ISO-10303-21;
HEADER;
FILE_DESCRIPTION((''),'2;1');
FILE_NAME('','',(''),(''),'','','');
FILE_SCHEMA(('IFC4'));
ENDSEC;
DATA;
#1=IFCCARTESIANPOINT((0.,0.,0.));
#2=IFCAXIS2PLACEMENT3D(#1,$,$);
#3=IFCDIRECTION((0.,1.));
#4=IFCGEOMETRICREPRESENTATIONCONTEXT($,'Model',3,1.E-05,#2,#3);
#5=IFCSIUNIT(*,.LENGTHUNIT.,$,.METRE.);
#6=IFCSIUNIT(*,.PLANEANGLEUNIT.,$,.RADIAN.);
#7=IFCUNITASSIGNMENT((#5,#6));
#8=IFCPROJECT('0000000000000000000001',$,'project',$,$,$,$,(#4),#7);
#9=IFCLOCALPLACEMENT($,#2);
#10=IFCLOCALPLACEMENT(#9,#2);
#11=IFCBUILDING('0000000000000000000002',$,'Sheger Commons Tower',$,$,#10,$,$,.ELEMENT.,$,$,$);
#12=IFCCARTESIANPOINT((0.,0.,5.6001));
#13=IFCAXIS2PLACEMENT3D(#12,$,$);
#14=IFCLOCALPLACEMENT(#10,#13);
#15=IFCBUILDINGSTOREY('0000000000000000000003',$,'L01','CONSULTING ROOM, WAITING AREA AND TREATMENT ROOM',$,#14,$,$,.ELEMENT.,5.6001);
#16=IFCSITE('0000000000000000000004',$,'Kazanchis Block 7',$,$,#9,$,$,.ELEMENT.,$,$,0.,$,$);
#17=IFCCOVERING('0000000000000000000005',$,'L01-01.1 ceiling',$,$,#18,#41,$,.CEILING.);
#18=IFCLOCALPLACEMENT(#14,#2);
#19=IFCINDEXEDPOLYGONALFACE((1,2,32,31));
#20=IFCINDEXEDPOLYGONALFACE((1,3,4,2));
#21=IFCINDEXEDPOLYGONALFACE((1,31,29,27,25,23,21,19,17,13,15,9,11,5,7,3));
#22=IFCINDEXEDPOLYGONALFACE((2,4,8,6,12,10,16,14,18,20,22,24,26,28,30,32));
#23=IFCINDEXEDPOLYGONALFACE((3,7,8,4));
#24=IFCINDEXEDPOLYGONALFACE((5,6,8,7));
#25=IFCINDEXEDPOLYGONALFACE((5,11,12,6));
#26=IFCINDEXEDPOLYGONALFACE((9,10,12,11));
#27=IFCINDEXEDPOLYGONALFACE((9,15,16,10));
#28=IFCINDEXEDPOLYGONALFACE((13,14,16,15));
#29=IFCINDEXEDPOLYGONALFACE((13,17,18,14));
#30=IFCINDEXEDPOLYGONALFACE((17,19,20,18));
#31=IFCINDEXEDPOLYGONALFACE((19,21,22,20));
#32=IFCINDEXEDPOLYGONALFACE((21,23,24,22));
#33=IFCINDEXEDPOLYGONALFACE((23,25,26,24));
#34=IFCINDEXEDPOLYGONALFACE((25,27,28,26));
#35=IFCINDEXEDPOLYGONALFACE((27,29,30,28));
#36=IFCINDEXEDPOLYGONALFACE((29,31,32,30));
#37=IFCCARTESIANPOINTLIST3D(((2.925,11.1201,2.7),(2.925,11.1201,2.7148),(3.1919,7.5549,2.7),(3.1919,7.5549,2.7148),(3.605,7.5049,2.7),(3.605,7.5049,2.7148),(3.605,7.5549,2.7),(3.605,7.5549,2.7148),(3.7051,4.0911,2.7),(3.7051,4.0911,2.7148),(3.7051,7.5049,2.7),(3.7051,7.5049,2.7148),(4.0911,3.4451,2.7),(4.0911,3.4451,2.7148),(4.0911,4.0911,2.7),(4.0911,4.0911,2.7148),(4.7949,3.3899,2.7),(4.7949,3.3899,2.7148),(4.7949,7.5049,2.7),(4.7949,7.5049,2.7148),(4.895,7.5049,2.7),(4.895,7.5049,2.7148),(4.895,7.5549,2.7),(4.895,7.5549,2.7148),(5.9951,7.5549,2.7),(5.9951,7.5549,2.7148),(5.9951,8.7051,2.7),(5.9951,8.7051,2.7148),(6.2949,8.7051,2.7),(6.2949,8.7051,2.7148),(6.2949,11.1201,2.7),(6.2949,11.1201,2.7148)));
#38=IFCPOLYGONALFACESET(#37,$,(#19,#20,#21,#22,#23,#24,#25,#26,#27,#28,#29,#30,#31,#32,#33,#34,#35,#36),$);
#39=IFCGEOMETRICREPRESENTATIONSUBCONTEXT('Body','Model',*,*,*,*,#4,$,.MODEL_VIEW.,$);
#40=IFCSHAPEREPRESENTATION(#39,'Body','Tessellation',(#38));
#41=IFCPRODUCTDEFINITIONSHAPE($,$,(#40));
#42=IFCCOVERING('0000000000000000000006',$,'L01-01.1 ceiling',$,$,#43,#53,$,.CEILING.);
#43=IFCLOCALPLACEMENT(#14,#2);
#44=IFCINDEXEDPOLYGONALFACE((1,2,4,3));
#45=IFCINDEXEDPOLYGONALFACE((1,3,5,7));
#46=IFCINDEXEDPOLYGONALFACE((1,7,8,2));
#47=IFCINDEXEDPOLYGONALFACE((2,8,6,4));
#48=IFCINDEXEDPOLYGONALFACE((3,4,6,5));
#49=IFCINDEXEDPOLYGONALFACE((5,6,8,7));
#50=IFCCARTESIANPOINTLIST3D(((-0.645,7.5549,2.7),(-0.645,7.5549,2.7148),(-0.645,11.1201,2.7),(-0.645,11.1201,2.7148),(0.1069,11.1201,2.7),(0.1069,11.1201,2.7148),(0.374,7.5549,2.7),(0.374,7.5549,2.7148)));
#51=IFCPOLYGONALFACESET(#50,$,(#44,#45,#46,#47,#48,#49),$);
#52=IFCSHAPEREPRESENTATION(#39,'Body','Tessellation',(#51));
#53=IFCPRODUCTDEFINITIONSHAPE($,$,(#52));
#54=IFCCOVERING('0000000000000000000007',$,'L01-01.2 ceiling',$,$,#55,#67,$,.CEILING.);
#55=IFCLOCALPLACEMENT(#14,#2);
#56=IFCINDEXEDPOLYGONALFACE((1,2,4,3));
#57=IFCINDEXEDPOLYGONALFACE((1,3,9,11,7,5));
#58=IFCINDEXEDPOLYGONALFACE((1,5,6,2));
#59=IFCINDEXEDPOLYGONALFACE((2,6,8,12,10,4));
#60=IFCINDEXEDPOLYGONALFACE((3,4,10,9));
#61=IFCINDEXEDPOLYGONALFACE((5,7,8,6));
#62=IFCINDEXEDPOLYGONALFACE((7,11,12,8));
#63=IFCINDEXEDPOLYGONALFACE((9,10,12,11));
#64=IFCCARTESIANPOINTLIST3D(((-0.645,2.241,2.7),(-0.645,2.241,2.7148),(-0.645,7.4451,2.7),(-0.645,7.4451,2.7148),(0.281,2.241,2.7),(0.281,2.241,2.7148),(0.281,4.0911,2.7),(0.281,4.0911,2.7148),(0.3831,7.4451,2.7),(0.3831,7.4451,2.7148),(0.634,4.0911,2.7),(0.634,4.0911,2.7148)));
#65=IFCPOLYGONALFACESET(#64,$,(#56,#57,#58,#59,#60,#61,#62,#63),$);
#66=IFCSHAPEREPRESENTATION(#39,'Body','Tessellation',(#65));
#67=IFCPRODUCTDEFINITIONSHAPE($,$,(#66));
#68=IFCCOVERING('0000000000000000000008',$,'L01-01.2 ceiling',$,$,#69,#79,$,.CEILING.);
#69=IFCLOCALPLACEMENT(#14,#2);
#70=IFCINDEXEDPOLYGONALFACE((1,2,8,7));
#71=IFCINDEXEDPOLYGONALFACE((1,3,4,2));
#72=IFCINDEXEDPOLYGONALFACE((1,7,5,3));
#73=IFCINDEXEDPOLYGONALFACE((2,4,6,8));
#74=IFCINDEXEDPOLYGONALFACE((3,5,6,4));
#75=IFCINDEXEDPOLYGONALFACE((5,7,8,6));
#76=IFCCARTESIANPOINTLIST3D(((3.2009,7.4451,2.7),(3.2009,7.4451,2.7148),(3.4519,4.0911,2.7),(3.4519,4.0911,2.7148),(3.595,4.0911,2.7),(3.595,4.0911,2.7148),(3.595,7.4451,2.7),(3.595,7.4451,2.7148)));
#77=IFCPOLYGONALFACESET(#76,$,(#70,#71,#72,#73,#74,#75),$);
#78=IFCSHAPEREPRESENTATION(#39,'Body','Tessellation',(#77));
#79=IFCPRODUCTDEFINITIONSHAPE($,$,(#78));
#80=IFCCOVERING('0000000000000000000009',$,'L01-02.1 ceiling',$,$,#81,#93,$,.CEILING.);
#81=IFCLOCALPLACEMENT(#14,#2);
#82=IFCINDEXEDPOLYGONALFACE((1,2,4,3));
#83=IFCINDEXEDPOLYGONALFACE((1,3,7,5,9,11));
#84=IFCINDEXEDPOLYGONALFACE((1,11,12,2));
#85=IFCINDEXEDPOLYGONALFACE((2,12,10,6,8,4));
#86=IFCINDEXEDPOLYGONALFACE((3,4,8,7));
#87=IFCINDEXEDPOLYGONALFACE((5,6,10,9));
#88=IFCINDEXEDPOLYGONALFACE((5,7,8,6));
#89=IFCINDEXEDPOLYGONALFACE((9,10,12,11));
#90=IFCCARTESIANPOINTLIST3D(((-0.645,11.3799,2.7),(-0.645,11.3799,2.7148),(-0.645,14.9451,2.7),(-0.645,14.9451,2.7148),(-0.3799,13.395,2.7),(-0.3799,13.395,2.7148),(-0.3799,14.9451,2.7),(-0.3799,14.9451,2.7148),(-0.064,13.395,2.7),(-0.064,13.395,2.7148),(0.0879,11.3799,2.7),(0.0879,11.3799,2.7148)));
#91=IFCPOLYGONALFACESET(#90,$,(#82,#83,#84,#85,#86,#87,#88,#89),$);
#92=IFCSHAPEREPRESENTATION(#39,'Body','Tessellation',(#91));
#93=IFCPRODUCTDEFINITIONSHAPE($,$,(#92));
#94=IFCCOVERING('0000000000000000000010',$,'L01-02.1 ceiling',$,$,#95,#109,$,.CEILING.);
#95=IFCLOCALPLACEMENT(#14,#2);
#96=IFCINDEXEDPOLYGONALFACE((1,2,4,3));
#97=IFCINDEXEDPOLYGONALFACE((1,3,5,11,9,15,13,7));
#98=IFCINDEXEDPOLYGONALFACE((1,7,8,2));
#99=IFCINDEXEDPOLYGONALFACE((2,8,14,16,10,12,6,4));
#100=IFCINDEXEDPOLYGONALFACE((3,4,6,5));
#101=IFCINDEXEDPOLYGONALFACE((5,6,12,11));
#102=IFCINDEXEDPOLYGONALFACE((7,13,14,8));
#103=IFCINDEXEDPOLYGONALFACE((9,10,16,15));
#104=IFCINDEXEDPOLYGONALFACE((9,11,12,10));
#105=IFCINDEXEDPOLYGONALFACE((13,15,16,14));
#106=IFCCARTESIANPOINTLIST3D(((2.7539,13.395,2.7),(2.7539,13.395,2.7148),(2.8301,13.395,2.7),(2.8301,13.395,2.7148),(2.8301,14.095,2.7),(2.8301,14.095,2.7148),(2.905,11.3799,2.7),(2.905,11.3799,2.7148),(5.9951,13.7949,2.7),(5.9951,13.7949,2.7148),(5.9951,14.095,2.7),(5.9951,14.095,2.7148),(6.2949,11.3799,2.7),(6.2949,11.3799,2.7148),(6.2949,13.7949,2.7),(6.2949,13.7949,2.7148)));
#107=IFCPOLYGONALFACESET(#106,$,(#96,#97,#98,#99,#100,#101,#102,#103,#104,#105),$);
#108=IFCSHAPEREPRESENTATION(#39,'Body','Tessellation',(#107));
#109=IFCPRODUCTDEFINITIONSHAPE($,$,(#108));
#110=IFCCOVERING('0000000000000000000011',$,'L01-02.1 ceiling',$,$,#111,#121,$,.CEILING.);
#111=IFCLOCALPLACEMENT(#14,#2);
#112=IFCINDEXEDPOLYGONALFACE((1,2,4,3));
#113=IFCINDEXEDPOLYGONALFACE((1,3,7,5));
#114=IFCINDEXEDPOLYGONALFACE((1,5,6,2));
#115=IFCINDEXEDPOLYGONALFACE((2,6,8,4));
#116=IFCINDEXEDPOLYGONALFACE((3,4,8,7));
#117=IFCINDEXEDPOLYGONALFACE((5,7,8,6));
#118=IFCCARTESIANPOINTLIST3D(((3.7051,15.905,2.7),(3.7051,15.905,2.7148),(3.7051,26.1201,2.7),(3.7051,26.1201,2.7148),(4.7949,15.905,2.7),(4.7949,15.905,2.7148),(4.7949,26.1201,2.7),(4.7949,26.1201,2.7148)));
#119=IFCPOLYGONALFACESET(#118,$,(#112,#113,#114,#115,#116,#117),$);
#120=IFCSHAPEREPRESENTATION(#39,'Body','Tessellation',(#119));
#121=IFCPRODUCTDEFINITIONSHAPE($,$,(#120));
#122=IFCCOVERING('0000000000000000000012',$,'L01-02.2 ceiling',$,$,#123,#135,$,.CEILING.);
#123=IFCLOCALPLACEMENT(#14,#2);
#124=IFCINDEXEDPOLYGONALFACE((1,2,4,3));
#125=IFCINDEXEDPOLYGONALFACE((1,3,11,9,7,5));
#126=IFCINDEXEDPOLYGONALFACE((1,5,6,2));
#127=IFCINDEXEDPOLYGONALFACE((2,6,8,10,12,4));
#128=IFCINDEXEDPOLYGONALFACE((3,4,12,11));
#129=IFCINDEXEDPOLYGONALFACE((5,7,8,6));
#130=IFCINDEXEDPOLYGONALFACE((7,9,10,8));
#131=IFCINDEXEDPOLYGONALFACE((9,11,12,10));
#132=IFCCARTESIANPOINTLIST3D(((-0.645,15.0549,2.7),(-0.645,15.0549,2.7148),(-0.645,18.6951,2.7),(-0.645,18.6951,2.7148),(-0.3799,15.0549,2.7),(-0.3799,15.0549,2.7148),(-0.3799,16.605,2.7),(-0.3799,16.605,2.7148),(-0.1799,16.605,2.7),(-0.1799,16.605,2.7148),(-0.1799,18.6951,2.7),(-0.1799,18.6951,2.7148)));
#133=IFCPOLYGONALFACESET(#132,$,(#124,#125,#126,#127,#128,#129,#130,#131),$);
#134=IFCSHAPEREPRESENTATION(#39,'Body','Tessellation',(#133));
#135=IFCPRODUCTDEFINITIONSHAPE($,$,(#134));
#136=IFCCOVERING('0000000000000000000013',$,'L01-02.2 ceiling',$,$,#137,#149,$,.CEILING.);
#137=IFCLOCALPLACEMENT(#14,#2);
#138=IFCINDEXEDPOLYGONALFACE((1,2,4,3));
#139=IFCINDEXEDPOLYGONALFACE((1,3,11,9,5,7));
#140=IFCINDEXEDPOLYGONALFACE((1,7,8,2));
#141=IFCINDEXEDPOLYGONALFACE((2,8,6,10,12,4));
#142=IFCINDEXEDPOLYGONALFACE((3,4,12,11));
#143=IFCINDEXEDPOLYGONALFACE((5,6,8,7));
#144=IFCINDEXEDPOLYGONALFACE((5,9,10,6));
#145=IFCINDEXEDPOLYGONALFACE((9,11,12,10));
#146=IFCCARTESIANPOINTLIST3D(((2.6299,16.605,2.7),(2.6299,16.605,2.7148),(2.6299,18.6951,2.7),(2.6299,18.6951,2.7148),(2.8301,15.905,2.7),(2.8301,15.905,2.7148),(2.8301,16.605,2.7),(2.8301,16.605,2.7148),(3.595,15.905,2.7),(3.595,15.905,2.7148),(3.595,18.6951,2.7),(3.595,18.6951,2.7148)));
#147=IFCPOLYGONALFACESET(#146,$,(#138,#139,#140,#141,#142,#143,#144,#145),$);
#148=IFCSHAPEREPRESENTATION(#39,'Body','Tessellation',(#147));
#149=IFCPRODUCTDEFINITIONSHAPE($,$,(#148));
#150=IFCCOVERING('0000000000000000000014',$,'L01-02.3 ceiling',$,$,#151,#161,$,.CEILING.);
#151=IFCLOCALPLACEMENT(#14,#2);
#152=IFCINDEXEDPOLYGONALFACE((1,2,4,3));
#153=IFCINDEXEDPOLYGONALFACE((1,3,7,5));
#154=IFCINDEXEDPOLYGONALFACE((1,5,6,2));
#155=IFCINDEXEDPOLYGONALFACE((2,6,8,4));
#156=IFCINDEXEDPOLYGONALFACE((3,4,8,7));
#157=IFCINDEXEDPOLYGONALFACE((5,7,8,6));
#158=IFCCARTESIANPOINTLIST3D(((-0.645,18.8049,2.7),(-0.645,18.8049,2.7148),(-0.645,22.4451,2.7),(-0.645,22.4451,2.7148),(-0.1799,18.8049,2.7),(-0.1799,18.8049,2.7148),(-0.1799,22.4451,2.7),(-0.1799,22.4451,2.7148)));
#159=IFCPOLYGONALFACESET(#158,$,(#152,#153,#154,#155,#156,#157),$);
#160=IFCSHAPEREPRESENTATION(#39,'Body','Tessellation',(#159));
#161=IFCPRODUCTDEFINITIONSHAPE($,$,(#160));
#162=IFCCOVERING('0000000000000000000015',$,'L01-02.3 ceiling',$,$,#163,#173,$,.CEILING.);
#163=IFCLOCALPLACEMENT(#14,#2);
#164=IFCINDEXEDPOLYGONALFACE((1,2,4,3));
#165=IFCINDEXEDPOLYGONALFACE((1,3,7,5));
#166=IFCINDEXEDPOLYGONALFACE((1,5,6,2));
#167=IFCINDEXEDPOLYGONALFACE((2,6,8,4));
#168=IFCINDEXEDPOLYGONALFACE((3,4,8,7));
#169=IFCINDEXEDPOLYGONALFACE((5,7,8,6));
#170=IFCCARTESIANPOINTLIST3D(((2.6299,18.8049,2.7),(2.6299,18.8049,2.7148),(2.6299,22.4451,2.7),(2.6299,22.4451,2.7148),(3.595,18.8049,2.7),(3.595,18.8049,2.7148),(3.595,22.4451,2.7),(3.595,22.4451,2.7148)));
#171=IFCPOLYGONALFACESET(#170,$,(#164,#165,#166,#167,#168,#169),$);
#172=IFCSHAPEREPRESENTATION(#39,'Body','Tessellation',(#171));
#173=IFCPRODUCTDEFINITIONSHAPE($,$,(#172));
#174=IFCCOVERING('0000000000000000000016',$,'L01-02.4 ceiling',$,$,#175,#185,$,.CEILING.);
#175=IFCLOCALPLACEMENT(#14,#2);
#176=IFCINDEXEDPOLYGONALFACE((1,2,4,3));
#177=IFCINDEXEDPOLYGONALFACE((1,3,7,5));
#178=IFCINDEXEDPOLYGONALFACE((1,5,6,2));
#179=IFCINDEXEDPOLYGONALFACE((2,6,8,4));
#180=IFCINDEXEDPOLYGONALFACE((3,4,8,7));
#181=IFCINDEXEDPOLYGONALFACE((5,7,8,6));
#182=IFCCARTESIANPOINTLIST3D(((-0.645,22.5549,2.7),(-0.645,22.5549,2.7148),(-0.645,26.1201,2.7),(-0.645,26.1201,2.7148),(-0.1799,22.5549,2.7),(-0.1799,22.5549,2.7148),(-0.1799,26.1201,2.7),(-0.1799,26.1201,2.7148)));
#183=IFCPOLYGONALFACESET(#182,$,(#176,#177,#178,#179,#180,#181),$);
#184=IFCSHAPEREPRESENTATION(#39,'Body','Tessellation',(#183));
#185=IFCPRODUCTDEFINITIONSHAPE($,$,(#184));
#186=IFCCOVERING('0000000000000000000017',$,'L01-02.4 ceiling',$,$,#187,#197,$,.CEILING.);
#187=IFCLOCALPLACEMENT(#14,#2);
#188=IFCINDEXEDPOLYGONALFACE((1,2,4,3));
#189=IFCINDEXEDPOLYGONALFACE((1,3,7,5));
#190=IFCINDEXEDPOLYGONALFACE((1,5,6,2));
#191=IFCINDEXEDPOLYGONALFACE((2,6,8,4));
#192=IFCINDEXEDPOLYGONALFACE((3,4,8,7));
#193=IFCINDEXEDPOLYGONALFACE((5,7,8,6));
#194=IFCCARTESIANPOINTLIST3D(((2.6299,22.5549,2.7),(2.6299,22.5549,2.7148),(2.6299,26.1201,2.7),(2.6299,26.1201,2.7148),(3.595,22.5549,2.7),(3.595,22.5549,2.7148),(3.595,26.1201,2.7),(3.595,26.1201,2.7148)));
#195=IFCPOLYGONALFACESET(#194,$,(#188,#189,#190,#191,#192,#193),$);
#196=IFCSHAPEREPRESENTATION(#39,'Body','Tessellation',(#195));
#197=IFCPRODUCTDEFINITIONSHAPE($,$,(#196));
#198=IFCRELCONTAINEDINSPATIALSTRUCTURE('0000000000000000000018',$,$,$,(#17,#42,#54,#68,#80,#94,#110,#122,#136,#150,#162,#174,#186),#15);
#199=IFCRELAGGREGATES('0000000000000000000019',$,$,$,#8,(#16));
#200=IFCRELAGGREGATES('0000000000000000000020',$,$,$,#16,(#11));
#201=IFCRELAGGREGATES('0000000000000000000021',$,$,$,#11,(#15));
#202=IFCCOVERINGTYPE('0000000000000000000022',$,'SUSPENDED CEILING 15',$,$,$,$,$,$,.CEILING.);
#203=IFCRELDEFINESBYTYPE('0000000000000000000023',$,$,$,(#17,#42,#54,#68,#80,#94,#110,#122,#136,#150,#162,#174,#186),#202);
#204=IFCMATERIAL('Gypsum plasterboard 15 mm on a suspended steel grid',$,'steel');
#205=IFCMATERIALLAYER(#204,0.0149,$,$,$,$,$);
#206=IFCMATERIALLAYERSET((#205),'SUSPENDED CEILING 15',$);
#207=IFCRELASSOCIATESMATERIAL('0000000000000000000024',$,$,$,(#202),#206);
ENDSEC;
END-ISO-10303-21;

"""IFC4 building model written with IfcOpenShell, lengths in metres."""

from ifc_helpers import new_model, si_unit, direction, frame, origin, place, context, subcontext, project, spatial, polyline, outline, extrude, material, layer, layer_set, type_object, element, save


model = new_model("IFC4")

# Units and contexts
model_context = context("Model", 3, precision=1e-05, world=origin(), true_north=direction((0.0, 1.0)))
body_context = subcontext(model_context, "Body", "Model", "MODEL_VIEW")
ifc_project = project(units=[si_unit("LENGTHUNIT", "METRE"), si_unit("PLANEANGLEUNIT", "RADIAN")], contexts=[model_context])

# Site, building, storey
site_placement = place(None, origin())
site = spatial("IfcSite", under=ifc_project, at=site_placement, Name="Kazanchis Block 7", CompositionType="ELEMENT", RefElevation=0.0)
building_placement = place(site_placement, origin())
building = spatial("IfcBuilding", under=site, at=building_placement, Name="Sheger Commons Tower", CompositionType="ELEMENT")
storey_placement = place(building_placement, frame((0.0, 0.0, 5.6001)))
storey = spatial("IfcBuildingStorey", under=building, at=storey_placement, Name="L01", Description="CONSULTING ROOM, WAITING AREA AND TREATMENT ROOM", CompositionType="ELEMENT", Elevation=5.6001)

# Coverings
ifc_material_1 = material(Name="Gypsum plasterboard 15 mm on a suspended steel grid", Category="steel")
ifc_layer_1 = layer(ifc_material_1, 0.0149)
ifc_layer_set_1 = layer_set([ifc_layer_1], Name="SUSPENDED CEILING 15")
covering_type_1 = type_object("IfcCoveringType", Name="SUSPENDED CEILING 15", PredefinedType="CEILING", material=ifc_layer_set_1)
covering_1_placement = place(storey_placement, frame((0.0, 0.0, 2.7)))
element("IfcCovering", 1, at=covering_1_placement, inside=storey, type_object=covering_type_1, Name="L01-01.1 ceiling", PredefinedType="CEILING", context=body_context, shape_type="SweptSolid", body=[
    extrude(outline(polyline([(4.7949, 3.3899), (4.7949, 7.5049), (4.895, 7.5049), (4.895, 7.5549), (5.9951, 7.5549), (5.9951, 8.7051), (6.2949, 8.7051), (6.2949, 11.1201), (2.925, 11.1201), (3.1919, 7.5549), (3.605, 7.5549), (3.605, 7.5049), (3.7051, 7.5049), (3.7051, 4.0911), (4.0911, 4.0911), (4.0911, 3.4451), (4.7949, 3.3899)])), origin(), (0.0, 0.0, 1.0), 0.0149),
])
covering_2_placement = place(storey_placement, frame((0.0, 0.0, 2.7)))
element("IfcCovering", 2, at=covering_2_placement, inside=storey, type_object=covering_type_1, Name="L01-01.1 ceiling", PredefinedType="CEILING", context=body_context, shape_type="SweptSolid", body=[
    extrude(outline(polyline([(-0.645, 7.5549), (0.374, 7.5549), (0.1069, 11.1201), (-0.645, 11.1201), (-0.645, 7.5549)])), origin(), (0.0, 0.0, 1.0), 0.0149),
])
covering_3_placement = place(storey_placement, frame((0.0, 0.0, 2.7)))
element("IfcCovering", 3, at=covering_3_placement, inside=storey, type_object=covering_type_1, Name="L01-01.2 ceiling", PredefinedType="CEILING", context=body_context, shape_type="SweptSolid", body=[
    extrude(outline(polyline([(-0.645, 2.241), (0.281, 2.241), (0.281, 4.0911), (0.634, 4.0911), (0.3831, 7.4451), (-0.645, 7.4451), (-0.645, 2.241)])), origin(), (0.0, 0.0, 1.0), 0.0149),
])
covering_4_placement = place(storey_placement, frame((0.0, 0.0, 2.7)))
element("IfcCovering", 4, at=covering_4_placement, inside=storey, type_object=covering_type_1, Name="L01-01.2 ceiling", PredefinedType="CEILING", context=body_context, shape_type="SweptSolid", body=[
    extrude(outline(polyline([(3.4519, 4.0911), (3.595, 4.0911), (3.595, 7.4451), (3.2009, 7.4451), (3.4519, 4.0911)])), origin(), (0.0, 0.0, 1.0), 0.0149),
])
covering_5_placement = place(storey_placement, frame((0.0, 0.0, 2.7)))
element("IfcCovering", 5, at=covering_5_placement, inside=storey, type_object=covering_type_1, Name="L01-02.1 ceiling", PredefinedType="CEILING", context=body_context, shape_type="SweptSolid", body=[
    extrude(outline(polyline([(-0.645, 11.3799), (0.0879, 11.3799), (-0.064, 13.395), (-0.3799, 13.395), (-0.3799, 14.9451), (-0.645, 14.9451), (-0.645, 11.3799)])), origin(), (0.0, 0.0, 1.0), 0.0149),
])
covering_6_placement = place(storey_placement, frame((0.0, 0.0, 2.7)))
element("IfcCovering", 6, at=covering_6_placement, inside=storey, type_object=covering_type_1, Name="L01-02.1 ceiling", PredefinedType="CEILING", context=body_context, shape_type="SweptSolid", body=[
    extrude(outline(polyline([(2.905, 11.3799), (6.2949, 11.3799), (6.2949, 13.7949), (5.9951, 13.7949), (5.9951, 14.095), (2.8301, 14.095), (2.8301, 13.395), (2.7539, 13.395), (2.905, 11.3799)])), origin(), (0.0, 0.0, 1.0), 0.0149),
])
covering_7_placement = place(storey_placement, frame((0.0, 0.0, 2.7)))
element("IfcCovering", 7, at=covering_7_placement, inside=storey, type_object=covering_type_1, Name="L01-02.1 ceiling", PredefinedType="CEILING", context=body_context, shape_type="SweptSolid", body=[
    extrude(outline(polyline([(3.7051, 15.905), (4.7949, 15.905), (4.7949, 26.1201), (3.7051, 26.1201), (3.7051, 15.905)])), origin(), (0.0, 0.0, 1.0), 0.0149),
])
covering_8_placement = place(storey_placement, frame((0.0, 0.0, 2.7)))
element("IfcCovering", 8, at=covering_8_placement, inside=storey, type_object=covering_type_1, Name="L01-02.2 ceiling", PredefinedType="CEILING", context=body_context, shape_type="SweptSolid", body=[
    extrude(outline(polyline([(-0.645, 15.0549), (-0.3799, 15.0549), (-0.3799, 16.605), (-0.1799, 16.605), (-0.1799, 18.6951), (-0.645, 18.6951), (-0.645, 15.0549)])), origin(), (0.0, 0.0, 1.0), 0.0149),
])
covering_9_placement = place(storey_placement, frame((0.0, 0.0, 2.7)))
element("IfcCovering", 9, at=covering_9_placement, inside=storey, type_object=covering_type_1, Name="L01-02.2 ceiling", PredefinedType="CEILING", context=body_context, shape_type="SweptSolid", body=[
    extrude(outline(polyline([(2.8301, 15.905), (3.595, 15.905), (3.595, 18.6951), (2.6299, 18.6951), (2.6299, 16.605), (2.8301, 16.605), (2.8301, 15.905)])), origin(), (0.0, 0.0, 1.0), 0.0149),
])
covering_10_placement = place(storey_placement, frame((0.0, 0.0, 2.7)))
element("IfcCovering", 10, at=covering_10_placement, inside=storey, type_object=covering_type_1, Name="L01-02.3 ceiling", PredefinedType="CEILING", context=body_context, shape_type="SweptSolid", body=[
    extrude(outline(polyline([(-0.645, 18.8049), (-0.1799, 18.8049), (-0.1799, 22.4451), (-0.645, 22.4451), (-0.645, 18.8049)])), origin(), (0.0, 0.0, 1.0), 0.0149),
])
covering_11_placement = place(storey_placement, frame((0.0, 0.0, 2.7)))
element("IfcCovering", 11, at=covering_11_placement, inside=storey, type_object=covering_type_1, Name="L01-02.3 ceiling", PredefinedType="CEILING", context=body_context, shape_type="SweptSolid", body=[
    extrude(outline(polyline([(2.6299, 18.8049), (3.595, 18.8049), (3.595, 22.4451), (2.6299, 22.4451), (2.6299, 18.8049)])), origin(), (0.0, 0.0, 1.0), 0.0149),
])
covering_12_placement = place(storey_placement, frame((0.0, 0.0, 2.7)))
element("IfcCovering", 12, at=covering_12_placement, inside=storey, type_object=covering_type_1, Name="L01-02.4 ceiling", PredefinedType="CEILING", context=body_context, shape_type="SweptSolid", body=[
    extrude(outline(polyline([(-0.645, 22.5549), (-0.1799, 22.5549), (-0.1799, 26.1201), (-0.645, 26.1201), (-0.645, 22.5549)])), origin(), (0.0, 0.0, 1.0), 0.0149),
])
covering_13_placement = place(storey_placement, frame((0.0, 0.0, 2.7)))
element("IfcCovering", 13, at=covering_13_placement, inside=storey, type_object=covering_type_1, Name="L01-02.4 ceiling", PredefinedType="CEILING", context=body_context, shape_type="SweptSolid", body=[
    extrude(outline(polyline([(2.6299, 22.5549), (3.595, 22.5549), (3.595, 26.1201), (2.6299, 26.1201), (2.6299, 22.5549)])), origin(), (0.0, 0.0, 1.0), 0.0149),
])

save(model, "model.ifc")
